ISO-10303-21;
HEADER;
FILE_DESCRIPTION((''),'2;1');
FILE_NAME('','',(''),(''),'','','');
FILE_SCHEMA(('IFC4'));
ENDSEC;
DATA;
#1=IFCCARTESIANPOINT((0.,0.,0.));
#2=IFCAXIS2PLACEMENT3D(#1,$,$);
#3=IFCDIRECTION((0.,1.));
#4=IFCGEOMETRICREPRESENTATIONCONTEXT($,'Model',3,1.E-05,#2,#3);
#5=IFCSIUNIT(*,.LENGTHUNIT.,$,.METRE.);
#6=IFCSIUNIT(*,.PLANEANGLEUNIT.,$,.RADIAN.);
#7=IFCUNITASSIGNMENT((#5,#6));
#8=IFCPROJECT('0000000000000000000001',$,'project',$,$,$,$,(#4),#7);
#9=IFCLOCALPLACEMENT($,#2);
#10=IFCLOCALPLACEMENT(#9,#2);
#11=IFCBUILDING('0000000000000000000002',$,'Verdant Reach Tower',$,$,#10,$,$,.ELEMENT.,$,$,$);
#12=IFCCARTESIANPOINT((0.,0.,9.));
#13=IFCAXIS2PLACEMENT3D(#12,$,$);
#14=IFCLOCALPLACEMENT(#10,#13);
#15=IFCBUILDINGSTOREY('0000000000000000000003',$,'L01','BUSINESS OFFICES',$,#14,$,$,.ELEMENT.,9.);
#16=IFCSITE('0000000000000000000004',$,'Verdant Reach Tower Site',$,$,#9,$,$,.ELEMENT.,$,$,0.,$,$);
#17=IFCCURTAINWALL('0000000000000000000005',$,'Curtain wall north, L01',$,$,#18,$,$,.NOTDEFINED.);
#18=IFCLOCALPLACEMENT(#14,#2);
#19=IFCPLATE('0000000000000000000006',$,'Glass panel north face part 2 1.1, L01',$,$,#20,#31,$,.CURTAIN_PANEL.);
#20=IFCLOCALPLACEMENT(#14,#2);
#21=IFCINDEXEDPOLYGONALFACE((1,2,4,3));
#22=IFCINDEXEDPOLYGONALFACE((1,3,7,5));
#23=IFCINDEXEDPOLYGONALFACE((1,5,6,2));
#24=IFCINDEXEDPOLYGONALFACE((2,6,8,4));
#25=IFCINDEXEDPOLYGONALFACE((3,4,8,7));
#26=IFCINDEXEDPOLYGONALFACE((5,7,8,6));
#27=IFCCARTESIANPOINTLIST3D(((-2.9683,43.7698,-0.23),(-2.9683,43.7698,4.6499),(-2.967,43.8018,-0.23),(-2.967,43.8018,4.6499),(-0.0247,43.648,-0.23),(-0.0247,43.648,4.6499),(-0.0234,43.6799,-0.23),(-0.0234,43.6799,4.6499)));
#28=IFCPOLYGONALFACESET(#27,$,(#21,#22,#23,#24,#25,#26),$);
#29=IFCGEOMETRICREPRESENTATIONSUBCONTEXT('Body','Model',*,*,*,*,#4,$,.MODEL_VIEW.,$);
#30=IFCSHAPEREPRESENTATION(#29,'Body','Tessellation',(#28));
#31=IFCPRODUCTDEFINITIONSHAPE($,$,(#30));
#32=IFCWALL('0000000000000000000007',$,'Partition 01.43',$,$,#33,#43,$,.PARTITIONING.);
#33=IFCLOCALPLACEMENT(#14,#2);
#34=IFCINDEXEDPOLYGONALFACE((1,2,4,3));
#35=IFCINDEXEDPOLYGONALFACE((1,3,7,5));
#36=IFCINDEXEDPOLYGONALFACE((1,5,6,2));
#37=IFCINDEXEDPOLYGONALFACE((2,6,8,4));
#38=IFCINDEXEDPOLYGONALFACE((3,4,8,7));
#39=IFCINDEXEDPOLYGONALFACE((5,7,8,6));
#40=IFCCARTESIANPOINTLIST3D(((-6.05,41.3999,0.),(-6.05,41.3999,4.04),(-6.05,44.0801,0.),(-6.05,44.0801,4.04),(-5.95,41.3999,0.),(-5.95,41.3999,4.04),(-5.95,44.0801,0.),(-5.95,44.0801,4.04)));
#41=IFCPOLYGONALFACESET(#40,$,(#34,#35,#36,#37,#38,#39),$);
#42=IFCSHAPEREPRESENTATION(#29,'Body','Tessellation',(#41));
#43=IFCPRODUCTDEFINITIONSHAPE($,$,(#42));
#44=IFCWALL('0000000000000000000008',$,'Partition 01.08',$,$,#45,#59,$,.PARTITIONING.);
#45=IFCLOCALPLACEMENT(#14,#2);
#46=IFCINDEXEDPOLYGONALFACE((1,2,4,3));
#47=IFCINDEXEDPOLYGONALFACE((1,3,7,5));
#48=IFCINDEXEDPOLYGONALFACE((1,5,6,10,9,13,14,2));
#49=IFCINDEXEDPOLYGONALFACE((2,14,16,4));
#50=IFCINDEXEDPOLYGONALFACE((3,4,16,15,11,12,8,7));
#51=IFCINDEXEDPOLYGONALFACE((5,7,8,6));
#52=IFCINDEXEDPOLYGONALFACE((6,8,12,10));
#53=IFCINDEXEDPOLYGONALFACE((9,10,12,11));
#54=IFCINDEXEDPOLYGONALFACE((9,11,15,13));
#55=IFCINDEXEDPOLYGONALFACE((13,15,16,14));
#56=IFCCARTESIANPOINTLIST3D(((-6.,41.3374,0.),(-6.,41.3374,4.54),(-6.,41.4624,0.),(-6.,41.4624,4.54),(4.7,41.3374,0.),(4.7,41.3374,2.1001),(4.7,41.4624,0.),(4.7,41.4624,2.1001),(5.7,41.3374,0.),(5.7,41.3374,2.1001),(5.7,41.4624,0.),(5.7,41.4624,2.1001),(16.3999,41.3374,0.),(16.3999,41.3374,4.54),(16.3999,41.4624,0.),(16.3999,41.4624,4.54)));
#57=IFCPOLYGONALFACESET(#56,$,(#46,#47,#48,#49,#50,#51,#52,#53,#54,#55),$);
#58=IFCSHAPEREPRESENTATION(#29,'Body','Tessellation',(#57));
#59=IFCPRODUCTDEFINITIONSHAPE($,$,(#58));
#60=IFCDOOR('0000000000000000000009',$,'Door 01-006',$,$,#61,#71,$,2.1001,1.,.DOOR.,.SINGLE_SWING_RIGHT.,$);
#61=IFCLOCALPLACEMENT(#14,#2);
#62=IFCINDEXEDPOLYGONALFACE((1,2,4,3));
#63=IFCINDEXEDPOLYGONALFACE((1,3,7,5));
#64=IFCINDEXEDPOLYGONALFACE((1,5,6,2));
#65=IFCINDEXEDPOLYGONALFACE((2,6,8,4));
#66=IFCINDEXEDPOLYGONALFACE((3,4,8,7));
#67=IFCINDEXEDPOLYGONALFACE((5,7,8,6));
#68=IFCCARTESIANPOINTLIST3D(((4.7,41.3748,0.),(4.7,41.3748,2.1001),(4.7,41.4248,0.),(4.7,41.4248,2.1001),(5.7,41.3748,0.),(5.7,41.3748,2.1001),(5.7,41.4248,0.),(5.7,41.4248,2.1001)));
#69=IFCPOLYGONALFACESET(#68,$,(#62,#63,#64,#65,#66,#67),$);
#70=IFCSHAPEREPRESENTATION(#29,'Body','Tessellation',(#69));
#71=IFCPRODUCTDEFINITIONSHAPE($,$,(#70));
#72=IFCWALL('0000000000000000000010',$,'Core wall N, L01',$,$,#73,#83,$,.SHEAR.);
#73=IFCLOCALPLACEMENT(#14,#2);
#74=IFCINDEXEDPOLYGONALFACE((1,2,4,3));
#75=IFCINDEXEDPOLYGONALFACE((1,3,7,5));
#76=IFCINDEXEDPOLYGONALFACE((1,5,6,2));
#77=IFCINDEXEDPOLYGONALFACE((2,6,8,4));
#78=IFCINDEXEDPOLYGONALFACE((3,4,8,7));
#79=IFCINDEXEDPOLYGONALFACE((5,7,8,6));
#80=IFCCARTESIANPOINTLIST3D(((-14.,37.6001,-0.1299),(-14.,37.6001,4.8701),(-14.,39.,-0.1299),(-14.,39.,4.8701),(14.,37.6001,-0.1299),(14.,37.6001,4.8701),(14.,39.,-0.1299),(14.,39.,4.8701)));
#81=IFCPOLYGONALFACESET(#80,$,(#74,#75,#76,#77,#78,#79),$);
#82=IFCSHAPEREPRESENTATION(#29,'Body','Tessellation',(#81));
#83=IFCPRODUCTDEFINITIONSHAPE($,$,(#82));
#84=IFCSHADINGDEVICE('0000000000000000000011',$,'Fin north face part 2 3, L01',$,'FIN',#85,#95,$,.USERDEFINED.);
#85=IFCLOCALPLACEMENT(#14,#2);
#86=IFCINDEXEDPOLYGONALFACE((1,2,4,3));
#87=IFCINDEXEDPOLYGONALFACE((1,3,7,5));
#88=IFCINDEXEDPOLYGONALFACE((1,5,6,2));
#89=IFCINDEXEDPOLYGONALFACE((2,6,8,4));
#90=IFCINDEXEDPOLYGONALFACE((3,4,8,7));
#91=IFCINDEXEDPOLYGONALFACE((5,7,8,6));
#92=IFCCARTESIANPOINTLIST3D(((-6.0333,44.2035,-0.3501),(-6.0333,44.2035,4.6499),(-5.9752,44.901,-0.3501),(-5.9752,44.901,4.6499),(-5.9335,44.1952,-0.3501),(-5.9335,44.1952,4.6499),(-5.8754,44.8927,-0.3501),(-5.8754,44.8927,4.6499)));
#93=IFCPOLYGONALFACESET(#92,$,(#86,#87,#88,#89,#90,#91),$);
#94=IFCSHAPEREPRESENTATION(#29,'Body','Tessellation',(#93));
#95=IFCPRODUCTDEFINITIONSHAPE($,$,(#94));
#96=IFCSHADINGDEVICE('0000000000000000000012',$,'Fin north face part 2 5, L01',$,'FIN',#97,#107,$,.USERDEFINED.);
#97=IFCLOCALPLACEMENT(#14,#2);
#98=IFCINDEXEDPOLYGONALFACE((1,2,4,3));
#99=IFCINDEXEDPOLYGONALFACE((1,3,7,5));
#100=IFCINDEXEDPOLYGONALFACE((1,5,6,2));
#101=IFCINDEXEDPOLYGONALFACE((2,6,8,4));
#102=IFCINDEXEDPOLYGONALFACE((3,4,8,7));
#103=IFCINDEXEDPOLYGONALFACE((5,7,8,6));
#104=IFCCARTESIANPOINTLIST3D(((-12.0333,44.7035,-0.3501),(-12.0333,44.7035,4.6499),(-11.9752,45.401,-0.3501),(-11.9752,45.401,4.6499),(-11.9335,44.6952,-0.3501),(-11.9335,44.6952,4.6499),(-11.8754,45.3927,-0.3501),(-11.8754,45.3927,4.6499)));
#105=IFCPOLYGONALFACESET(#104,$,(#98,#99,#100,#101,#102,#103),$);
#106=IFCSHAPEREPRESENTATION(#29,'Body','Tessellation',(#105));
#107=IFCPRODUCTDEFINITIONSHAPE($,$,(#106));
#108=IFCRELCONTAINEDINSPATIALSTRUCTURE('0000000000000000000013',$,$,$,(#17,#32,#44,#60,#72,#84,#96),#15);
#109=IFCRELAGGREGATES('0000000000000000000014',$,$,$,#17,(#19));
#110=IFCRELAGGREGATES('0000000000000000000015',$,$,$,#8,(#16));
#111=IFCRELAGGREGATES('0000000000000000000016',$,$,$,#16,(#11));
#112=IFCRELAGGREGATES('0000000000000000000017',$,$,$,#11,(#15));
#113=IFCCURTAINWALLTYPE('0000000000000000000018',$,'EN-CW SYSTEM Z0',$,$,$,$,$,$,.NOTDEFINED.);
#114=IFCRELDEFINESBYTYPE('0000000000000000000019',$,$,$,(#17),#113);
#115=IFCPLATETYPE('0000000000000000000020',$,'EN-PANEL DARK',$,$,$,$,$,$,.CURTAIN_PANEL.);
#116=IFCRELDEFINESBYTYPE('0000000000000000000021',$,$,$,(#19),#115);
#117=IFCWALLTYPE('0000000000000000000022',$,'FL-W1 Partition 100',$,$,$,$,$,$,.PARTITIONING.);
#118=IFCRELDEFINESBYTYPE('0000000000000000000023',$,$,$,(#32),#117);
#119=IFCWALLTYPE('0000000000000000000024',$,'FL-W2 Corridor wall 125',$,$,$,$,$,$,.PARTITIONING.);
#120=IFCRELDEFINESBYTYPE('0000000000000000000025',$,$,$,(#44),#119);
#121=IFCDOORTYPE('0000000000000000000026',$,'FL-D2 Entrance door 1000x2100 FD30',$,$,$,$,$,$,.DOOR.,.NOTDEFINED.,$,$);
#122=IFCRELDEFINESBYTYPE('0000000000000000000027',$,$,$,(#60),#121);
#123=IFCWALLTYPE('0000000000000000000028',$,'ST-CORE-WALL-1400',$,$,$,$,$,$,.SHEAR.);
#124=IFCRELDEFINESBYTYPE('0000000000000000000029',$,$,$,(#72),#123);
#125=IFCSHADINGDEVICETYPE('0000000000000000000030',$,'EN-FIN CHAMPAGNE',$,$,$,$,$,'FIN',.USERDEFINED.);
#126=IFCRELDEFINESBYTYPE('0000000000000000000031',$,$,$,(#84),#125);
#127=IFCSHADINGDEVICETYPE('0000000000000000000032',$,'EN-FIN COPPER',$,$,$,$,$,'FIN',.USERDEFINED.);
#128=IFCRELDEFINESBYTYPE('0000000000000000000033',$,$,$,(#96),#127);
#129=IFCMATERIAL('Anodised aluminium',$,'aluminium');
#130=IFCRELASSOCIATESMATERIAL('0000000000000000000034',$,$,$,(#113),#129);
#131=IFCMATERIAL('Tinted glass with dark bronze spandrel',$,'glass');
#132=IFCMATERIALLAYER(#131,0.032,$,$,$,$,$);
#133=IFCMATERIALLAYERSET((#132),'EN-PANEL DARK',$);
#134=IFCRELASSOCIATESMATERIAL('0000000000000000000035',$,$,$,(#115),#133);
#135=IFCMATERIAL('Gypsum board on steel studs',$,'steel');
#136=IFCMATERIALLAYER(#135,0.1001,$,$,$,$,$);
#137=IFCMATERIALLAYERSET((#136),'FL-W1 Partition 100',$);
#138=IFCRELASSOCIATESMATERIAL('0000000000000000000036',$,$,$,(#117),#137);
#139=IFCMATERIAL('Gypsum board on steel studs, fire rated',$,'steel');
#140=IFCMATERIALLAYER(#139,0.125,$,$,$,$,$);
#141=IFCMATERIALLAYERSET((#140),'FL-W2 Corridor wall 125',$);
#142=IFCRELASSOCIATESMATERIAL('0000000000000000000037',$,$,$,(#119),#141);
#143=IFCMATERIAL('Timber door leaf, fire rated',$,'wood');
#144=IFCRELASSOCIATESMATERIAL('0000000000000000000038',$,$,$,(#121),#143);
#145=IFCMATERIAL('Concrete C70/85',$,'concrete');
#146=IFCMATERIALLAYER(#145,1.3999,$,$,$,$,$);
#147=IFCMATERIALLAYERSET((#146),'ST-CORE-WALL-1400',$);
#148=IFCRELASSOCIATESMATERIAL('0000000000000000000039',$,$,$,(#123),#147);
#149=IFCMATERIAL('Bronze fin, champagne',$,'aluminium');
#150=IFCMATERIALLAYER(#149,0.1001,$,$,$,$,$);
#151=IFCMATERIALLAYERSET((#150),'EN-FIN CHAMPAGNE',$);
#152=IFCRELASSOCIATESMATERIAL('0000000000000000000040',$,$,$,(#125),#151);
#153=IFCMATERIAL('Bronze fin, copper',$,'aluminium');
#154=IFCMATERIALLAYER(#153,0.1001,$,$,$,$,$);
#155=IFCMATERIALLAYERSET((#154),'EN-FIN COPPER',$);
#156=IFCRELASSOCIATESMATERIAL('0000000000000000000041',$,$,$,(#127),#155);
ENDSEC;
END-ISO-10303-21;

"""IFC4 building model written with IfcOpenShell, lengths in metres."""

from ifc_helpers import new_model, si_unit, direction, frame, frame_2d, origin, origin_2d, place, context, subcontext, project, spatial, rectangle, extrude, material, layer, layer_set, type_object, element, fill, aggregate, save


model = new_model("IFC4")

# Units and contexts
model_context = context("Model", 3, precision=1e-05, world=origin(), true_north=direction((0.0, 1.0)))
body_context = subcontext(model_context, "Body", "Model", "MODEL_VIEW")
ifc_project = project(units=[si_unit("LENGTHUNIT", "METRE"), si_unit("PLANEANGLEUNIT", "RADIAN")], contexts=[model_context])

# Site, building, storey
site_placement = place(None, origin())
site = spatial("IfcSite", under=ifc_project, at=site_placement, Name="Verdant Reach Tower Site", CompositionType="ELEMENT", RefElevation=0.0)
building_placement = place(site_placement, origin())
building = spatial("IfcBuilding", under=site, at=building_placement, Name="Verdant Reach Tower", CompositionType="ELEMENT")
storey_placement = place(building_placement, frame((0.0, 0.0, 9.0)))
storey = spatial("IfcBuildingStorey", under=building, at=storey_placement, Name="L01", Description="BUSINESS OFFICES", CompositionType="ELEMENT", Elevation=9.0)

# Curtain wall
ifc_material_1 = material(Name="Anodised aluminium", Category="aluminium")
curtain_wall_type = type_object("IfcCurtainWallType", Name="EN-CW SYSTEM Z0", PredefinedType="NOTDEFINED", material=ifc_material_1)
curtain_wall_placement = place(storey_placement, origin())
curtain_wall = element("IfcCurtainWall", 1, at=curtain_wall_placement, inside=storey, type_object=curtain_wall_type, Name="Curtain wall north, L01", PredefinedType="NOTDEFINED")

# Plate
ifc_material_2 = material(Name="Tinted glass with dark bronze spandrel", Category="glass")
ifc_layer_1 = layer(ifc_material_2, 0.032)
ifc_layer_set_1 = layer_set([ifc_layer_1], Name="EN-PANEL DARK")
plate_type_1 = type_object("IfcPlateType", Name="EN-PANEL DARK", PredefinedType="CURTAIN_PANEL", material=ifc_layer_set_1)
plate_1_placement = place(storey_placement, frame((-1.4958, 43.7249, -0.23), z_axis=(0.0, 0.0, 1.0), x_axis=(-0.999144, 0.041357, 0.0)))
plate_1 = element("IfcPlate", 2, at=plate_1_placement, type_object=plate_type_1, Name="Glass panel north face part 2 1.1, L01", PredefinedType="CURTAIN_PANEL", context=body_context, shape_type="SweptSolid", body=[
    extrude(rectangle(XDim=2.946, YDim=0.032, at=origin_2d()), origin(), (0.0, 0.0, 1.0), 4.8799),
])
aggregate(curtain_wall, [plate_1])

# Wall
ifc_material_3 = material(Name="Gypsum board on steel studs", Category="steel")
ifc_layer_2 = layer(ifc_material_3, 0.1001)
ifc_layer_set_2 = layer_set([ifc_layer_2], Name="FL-W1 Partition 100")
wall_type_1 = type_object("IfcWallType", Name="FL-W1 Partition 100", PredefinedType="PARTITIONING", material=ifc_layer_set_2)
wall_1_placement = place(storey_placement, frame((-6.0, 41.3999, 0.0), z_axis=(0.0, 0.0, 1.0), x_axis=(0.0, 1.0, 0.0)))
element("IfcWall", 3, at=wall_1_placement, inside=storey, type_object=wall_type_1, Name="Partition 01.43", PredefinedType="PARTITIONING", context=body_context, shape_type="SweptSolid", body=[
    extrude(rectangle(XDim=2.6802, YDim=0.1001, at=frame_2d((1.3401, 0.0))), origin(), (0.0, 0.0, 1.0), 4.04),
])

# Wall, opening, door
ifc_material_4 = material(Name="Gypsum board on steel studs, fire rated", Category="steel")
ifc_layer_3 = layer(ifc_material_4, 0.125)
ifc_layer_set_3 = layer_set([ifc_layer_3], Name="FL-W2 Corridor wall 125")
wall_type_2 = type_object("IfcWallType", Name="FL-W2 Corridor wall 125", PredefinedType="PARTITIONING", material=ifc_layer_set_3)
wall_2_placement = place(storey_placement, frame((-6.0, 41.3999, 0.0), z_axis=(0.0, 0.0, 1.0), x_axis=(1.0, 0.0, 0.0)))
wall_2 = element("IfcWall", 4, at=wall_2_placement, inside=storey, type_object=wall_type_2, Name="Partition 01.08", PredefinedType="PARTITIONING", context=body_context, shape_type="SweptSolid", body=[
    extrude(rectangle(XDim=22.3999, YDim=0.125, at=frame_2d((11.2, 0.0))), origin(), (0.0, 0.0, 1.0), 4.54),
])
opening_placement = place(wall_2_placement, frame((10.7, 0.0, 0.0)))
opening = element("IfcOpeningElement", 5, at=opening_placement, cuts=wall_2, PredefinedType="OPENING", context=body_context, shape_type="SweptSolid", body=[
    extrude(rectangle(XDim=1.0, YDim=2.1001, at=frame_2d((0.5, 1.05))), frame((0.0, 0.0725, 0.0), z_axis=(0.0, -1.0, 0.0), x_axis=(1.0, 0.0, 0.0)), (0.0, 0.0, 1.0), 0.145),
])
ifc_material_5 = material(Name="Timber door leaf, fire rated", Category="wood")
door_type = type_object("IfcDoorType", Name="FL-D2 Entrance door 1000x2100 FD30", OperationType="NOTDEFINED", PredefinedType="DOOR", material=ifc_material_5)
door_placement = place(opening_placement, origin())
door = element("IfcDoor", 6, at=door_placement, inside=storey, type_object=door_type, Name="Door 01-006", OperationType="SINGLE_SWING_RIGHT", OverallHeight=2.1001, OverallWidth=1.0, PredefinedType="DOOR", context=body_context, shape_type="SweptSolid", body=[
    extrude(rectangle(XDim=1.0, YDim=2.1001, at=frame_2d((0.5, 1.05))), frame((0.0, 0.0249, 0.0), z_axis=(0.0, -1.0, 0.0), x_axis=(1.0, 0.0, 0.0)), (0.0, 0.0, 1.0), 0.05),
])
fill(opening, door)

# Wall
ifc_material_6 = material(Name="Concrete C70/85", Category="concrete")
ifc_layer_4 = layer(ifc_material_6, 1.3999)
ifc_layer_set_4 = layer_set([ifc_layer_4], Name="ST-CORE-WALL-1400")
wall_type_3 = type_object("IfcWallType", Name="ST-CORE-WALL-1400", PredefinedType="SHEAR", material=ifc_layer_set_4)
wall_3_placement = place(storey_placement, frame((-14.0, 38.3, -0.1299), z_axis=(0.0, 0.0, 1.0), x_axis=(1.0, 0.0, 0.0)))
element("IfcWall", 7, at=wall_3_placement, inside=storey, type_object=wall_type_3, Name="Core wall N, L01", PredefinedType="SHEAR", context=body_context, shape_type="SweptSolid", body=[
    extrude(rectangle(XDim=28.0, YDim=1.3999, at=frame_2d((14.0, 0.0))), origin(), (0.0, 0.0, 1.0), 5.0),
])

# Shading devices
ifc_material_7 = material(Name="Bronze fin, champagne", Category="aluminium")
ifc_layer_5 = layer(ifc_material_7, 0.1001)
ifc_layer_set_5 = layer_set([ifc_layer_5], Name="EN-FIN CHAMPAGNE")
shading_device_type_1 = type_object("IfcShadingDeviceType", Name="EN-FIN CHAMPAGNE", ElementType="FIN", PredefinedType="USERDEFINED", material=ifc_layer_set_5)
shading_device_1_placement = place(storey_placement, frame((-5.9543, 44.5481, -0.3501), z_axis=(0.0, 0.0, 1.0), x_axis=(-0.996546, 0.083045, 0.0)))
element("IfcShadingDevice", 8, at=shading_device_1_placement, inside=storey, type_object=shading_device_type_1, Name="Fin north face part 2 3, L01", ObjectType="FIN", PredefinedType="USERDEFINED", context=body_context, shape_type="SweptSolid", body=[
    extrude(rectangle(XDim=0.1001, YDim=0.7, at=origin_2d()), origin(), (0.0, 0.0, 1.0), 5.0),
])
ifc_material_8 = material(Name="Bronze fin, copper", Category="aluminium")
ifc_layer_6 = layer(ifc_material_8, 0.1001)
ifc_layer_set_6 = layer_set([ifc_layer_6], Name="EN-FIN COPPER")
shading_device_type_2 = type_object("IfcShadingDeviceType", Name="EN-FIN COPPER", ElementType="FIN", PredefinedType="USERDEFINED", material=ifc_layer_set_6)
shading_device_2_placement = place(storey_placement, frame((-11.9543, 45.0481, -0.3501), z_axis=(0.0, 0.0, 1.0), x_axis=(-0.996546, 0.083045, 0.0)))
element("IfcShadingDevice", 9, at=shading_device_2_placement, inside=storey, type_object=shading_device_type_2, Name="Fin north face part 2 5, L01", ObjectType="FIN", PredefinedType="USERDEFINED", context=body_context, shape_type="SweptSolid", body=[
    extrude(rectangle(XDim=0.1001, YDim=0.7, at=origin_2d()), origin(), (0.0, 0.0, 1.0), 5.0),
])

save(model, "model.ifc")
